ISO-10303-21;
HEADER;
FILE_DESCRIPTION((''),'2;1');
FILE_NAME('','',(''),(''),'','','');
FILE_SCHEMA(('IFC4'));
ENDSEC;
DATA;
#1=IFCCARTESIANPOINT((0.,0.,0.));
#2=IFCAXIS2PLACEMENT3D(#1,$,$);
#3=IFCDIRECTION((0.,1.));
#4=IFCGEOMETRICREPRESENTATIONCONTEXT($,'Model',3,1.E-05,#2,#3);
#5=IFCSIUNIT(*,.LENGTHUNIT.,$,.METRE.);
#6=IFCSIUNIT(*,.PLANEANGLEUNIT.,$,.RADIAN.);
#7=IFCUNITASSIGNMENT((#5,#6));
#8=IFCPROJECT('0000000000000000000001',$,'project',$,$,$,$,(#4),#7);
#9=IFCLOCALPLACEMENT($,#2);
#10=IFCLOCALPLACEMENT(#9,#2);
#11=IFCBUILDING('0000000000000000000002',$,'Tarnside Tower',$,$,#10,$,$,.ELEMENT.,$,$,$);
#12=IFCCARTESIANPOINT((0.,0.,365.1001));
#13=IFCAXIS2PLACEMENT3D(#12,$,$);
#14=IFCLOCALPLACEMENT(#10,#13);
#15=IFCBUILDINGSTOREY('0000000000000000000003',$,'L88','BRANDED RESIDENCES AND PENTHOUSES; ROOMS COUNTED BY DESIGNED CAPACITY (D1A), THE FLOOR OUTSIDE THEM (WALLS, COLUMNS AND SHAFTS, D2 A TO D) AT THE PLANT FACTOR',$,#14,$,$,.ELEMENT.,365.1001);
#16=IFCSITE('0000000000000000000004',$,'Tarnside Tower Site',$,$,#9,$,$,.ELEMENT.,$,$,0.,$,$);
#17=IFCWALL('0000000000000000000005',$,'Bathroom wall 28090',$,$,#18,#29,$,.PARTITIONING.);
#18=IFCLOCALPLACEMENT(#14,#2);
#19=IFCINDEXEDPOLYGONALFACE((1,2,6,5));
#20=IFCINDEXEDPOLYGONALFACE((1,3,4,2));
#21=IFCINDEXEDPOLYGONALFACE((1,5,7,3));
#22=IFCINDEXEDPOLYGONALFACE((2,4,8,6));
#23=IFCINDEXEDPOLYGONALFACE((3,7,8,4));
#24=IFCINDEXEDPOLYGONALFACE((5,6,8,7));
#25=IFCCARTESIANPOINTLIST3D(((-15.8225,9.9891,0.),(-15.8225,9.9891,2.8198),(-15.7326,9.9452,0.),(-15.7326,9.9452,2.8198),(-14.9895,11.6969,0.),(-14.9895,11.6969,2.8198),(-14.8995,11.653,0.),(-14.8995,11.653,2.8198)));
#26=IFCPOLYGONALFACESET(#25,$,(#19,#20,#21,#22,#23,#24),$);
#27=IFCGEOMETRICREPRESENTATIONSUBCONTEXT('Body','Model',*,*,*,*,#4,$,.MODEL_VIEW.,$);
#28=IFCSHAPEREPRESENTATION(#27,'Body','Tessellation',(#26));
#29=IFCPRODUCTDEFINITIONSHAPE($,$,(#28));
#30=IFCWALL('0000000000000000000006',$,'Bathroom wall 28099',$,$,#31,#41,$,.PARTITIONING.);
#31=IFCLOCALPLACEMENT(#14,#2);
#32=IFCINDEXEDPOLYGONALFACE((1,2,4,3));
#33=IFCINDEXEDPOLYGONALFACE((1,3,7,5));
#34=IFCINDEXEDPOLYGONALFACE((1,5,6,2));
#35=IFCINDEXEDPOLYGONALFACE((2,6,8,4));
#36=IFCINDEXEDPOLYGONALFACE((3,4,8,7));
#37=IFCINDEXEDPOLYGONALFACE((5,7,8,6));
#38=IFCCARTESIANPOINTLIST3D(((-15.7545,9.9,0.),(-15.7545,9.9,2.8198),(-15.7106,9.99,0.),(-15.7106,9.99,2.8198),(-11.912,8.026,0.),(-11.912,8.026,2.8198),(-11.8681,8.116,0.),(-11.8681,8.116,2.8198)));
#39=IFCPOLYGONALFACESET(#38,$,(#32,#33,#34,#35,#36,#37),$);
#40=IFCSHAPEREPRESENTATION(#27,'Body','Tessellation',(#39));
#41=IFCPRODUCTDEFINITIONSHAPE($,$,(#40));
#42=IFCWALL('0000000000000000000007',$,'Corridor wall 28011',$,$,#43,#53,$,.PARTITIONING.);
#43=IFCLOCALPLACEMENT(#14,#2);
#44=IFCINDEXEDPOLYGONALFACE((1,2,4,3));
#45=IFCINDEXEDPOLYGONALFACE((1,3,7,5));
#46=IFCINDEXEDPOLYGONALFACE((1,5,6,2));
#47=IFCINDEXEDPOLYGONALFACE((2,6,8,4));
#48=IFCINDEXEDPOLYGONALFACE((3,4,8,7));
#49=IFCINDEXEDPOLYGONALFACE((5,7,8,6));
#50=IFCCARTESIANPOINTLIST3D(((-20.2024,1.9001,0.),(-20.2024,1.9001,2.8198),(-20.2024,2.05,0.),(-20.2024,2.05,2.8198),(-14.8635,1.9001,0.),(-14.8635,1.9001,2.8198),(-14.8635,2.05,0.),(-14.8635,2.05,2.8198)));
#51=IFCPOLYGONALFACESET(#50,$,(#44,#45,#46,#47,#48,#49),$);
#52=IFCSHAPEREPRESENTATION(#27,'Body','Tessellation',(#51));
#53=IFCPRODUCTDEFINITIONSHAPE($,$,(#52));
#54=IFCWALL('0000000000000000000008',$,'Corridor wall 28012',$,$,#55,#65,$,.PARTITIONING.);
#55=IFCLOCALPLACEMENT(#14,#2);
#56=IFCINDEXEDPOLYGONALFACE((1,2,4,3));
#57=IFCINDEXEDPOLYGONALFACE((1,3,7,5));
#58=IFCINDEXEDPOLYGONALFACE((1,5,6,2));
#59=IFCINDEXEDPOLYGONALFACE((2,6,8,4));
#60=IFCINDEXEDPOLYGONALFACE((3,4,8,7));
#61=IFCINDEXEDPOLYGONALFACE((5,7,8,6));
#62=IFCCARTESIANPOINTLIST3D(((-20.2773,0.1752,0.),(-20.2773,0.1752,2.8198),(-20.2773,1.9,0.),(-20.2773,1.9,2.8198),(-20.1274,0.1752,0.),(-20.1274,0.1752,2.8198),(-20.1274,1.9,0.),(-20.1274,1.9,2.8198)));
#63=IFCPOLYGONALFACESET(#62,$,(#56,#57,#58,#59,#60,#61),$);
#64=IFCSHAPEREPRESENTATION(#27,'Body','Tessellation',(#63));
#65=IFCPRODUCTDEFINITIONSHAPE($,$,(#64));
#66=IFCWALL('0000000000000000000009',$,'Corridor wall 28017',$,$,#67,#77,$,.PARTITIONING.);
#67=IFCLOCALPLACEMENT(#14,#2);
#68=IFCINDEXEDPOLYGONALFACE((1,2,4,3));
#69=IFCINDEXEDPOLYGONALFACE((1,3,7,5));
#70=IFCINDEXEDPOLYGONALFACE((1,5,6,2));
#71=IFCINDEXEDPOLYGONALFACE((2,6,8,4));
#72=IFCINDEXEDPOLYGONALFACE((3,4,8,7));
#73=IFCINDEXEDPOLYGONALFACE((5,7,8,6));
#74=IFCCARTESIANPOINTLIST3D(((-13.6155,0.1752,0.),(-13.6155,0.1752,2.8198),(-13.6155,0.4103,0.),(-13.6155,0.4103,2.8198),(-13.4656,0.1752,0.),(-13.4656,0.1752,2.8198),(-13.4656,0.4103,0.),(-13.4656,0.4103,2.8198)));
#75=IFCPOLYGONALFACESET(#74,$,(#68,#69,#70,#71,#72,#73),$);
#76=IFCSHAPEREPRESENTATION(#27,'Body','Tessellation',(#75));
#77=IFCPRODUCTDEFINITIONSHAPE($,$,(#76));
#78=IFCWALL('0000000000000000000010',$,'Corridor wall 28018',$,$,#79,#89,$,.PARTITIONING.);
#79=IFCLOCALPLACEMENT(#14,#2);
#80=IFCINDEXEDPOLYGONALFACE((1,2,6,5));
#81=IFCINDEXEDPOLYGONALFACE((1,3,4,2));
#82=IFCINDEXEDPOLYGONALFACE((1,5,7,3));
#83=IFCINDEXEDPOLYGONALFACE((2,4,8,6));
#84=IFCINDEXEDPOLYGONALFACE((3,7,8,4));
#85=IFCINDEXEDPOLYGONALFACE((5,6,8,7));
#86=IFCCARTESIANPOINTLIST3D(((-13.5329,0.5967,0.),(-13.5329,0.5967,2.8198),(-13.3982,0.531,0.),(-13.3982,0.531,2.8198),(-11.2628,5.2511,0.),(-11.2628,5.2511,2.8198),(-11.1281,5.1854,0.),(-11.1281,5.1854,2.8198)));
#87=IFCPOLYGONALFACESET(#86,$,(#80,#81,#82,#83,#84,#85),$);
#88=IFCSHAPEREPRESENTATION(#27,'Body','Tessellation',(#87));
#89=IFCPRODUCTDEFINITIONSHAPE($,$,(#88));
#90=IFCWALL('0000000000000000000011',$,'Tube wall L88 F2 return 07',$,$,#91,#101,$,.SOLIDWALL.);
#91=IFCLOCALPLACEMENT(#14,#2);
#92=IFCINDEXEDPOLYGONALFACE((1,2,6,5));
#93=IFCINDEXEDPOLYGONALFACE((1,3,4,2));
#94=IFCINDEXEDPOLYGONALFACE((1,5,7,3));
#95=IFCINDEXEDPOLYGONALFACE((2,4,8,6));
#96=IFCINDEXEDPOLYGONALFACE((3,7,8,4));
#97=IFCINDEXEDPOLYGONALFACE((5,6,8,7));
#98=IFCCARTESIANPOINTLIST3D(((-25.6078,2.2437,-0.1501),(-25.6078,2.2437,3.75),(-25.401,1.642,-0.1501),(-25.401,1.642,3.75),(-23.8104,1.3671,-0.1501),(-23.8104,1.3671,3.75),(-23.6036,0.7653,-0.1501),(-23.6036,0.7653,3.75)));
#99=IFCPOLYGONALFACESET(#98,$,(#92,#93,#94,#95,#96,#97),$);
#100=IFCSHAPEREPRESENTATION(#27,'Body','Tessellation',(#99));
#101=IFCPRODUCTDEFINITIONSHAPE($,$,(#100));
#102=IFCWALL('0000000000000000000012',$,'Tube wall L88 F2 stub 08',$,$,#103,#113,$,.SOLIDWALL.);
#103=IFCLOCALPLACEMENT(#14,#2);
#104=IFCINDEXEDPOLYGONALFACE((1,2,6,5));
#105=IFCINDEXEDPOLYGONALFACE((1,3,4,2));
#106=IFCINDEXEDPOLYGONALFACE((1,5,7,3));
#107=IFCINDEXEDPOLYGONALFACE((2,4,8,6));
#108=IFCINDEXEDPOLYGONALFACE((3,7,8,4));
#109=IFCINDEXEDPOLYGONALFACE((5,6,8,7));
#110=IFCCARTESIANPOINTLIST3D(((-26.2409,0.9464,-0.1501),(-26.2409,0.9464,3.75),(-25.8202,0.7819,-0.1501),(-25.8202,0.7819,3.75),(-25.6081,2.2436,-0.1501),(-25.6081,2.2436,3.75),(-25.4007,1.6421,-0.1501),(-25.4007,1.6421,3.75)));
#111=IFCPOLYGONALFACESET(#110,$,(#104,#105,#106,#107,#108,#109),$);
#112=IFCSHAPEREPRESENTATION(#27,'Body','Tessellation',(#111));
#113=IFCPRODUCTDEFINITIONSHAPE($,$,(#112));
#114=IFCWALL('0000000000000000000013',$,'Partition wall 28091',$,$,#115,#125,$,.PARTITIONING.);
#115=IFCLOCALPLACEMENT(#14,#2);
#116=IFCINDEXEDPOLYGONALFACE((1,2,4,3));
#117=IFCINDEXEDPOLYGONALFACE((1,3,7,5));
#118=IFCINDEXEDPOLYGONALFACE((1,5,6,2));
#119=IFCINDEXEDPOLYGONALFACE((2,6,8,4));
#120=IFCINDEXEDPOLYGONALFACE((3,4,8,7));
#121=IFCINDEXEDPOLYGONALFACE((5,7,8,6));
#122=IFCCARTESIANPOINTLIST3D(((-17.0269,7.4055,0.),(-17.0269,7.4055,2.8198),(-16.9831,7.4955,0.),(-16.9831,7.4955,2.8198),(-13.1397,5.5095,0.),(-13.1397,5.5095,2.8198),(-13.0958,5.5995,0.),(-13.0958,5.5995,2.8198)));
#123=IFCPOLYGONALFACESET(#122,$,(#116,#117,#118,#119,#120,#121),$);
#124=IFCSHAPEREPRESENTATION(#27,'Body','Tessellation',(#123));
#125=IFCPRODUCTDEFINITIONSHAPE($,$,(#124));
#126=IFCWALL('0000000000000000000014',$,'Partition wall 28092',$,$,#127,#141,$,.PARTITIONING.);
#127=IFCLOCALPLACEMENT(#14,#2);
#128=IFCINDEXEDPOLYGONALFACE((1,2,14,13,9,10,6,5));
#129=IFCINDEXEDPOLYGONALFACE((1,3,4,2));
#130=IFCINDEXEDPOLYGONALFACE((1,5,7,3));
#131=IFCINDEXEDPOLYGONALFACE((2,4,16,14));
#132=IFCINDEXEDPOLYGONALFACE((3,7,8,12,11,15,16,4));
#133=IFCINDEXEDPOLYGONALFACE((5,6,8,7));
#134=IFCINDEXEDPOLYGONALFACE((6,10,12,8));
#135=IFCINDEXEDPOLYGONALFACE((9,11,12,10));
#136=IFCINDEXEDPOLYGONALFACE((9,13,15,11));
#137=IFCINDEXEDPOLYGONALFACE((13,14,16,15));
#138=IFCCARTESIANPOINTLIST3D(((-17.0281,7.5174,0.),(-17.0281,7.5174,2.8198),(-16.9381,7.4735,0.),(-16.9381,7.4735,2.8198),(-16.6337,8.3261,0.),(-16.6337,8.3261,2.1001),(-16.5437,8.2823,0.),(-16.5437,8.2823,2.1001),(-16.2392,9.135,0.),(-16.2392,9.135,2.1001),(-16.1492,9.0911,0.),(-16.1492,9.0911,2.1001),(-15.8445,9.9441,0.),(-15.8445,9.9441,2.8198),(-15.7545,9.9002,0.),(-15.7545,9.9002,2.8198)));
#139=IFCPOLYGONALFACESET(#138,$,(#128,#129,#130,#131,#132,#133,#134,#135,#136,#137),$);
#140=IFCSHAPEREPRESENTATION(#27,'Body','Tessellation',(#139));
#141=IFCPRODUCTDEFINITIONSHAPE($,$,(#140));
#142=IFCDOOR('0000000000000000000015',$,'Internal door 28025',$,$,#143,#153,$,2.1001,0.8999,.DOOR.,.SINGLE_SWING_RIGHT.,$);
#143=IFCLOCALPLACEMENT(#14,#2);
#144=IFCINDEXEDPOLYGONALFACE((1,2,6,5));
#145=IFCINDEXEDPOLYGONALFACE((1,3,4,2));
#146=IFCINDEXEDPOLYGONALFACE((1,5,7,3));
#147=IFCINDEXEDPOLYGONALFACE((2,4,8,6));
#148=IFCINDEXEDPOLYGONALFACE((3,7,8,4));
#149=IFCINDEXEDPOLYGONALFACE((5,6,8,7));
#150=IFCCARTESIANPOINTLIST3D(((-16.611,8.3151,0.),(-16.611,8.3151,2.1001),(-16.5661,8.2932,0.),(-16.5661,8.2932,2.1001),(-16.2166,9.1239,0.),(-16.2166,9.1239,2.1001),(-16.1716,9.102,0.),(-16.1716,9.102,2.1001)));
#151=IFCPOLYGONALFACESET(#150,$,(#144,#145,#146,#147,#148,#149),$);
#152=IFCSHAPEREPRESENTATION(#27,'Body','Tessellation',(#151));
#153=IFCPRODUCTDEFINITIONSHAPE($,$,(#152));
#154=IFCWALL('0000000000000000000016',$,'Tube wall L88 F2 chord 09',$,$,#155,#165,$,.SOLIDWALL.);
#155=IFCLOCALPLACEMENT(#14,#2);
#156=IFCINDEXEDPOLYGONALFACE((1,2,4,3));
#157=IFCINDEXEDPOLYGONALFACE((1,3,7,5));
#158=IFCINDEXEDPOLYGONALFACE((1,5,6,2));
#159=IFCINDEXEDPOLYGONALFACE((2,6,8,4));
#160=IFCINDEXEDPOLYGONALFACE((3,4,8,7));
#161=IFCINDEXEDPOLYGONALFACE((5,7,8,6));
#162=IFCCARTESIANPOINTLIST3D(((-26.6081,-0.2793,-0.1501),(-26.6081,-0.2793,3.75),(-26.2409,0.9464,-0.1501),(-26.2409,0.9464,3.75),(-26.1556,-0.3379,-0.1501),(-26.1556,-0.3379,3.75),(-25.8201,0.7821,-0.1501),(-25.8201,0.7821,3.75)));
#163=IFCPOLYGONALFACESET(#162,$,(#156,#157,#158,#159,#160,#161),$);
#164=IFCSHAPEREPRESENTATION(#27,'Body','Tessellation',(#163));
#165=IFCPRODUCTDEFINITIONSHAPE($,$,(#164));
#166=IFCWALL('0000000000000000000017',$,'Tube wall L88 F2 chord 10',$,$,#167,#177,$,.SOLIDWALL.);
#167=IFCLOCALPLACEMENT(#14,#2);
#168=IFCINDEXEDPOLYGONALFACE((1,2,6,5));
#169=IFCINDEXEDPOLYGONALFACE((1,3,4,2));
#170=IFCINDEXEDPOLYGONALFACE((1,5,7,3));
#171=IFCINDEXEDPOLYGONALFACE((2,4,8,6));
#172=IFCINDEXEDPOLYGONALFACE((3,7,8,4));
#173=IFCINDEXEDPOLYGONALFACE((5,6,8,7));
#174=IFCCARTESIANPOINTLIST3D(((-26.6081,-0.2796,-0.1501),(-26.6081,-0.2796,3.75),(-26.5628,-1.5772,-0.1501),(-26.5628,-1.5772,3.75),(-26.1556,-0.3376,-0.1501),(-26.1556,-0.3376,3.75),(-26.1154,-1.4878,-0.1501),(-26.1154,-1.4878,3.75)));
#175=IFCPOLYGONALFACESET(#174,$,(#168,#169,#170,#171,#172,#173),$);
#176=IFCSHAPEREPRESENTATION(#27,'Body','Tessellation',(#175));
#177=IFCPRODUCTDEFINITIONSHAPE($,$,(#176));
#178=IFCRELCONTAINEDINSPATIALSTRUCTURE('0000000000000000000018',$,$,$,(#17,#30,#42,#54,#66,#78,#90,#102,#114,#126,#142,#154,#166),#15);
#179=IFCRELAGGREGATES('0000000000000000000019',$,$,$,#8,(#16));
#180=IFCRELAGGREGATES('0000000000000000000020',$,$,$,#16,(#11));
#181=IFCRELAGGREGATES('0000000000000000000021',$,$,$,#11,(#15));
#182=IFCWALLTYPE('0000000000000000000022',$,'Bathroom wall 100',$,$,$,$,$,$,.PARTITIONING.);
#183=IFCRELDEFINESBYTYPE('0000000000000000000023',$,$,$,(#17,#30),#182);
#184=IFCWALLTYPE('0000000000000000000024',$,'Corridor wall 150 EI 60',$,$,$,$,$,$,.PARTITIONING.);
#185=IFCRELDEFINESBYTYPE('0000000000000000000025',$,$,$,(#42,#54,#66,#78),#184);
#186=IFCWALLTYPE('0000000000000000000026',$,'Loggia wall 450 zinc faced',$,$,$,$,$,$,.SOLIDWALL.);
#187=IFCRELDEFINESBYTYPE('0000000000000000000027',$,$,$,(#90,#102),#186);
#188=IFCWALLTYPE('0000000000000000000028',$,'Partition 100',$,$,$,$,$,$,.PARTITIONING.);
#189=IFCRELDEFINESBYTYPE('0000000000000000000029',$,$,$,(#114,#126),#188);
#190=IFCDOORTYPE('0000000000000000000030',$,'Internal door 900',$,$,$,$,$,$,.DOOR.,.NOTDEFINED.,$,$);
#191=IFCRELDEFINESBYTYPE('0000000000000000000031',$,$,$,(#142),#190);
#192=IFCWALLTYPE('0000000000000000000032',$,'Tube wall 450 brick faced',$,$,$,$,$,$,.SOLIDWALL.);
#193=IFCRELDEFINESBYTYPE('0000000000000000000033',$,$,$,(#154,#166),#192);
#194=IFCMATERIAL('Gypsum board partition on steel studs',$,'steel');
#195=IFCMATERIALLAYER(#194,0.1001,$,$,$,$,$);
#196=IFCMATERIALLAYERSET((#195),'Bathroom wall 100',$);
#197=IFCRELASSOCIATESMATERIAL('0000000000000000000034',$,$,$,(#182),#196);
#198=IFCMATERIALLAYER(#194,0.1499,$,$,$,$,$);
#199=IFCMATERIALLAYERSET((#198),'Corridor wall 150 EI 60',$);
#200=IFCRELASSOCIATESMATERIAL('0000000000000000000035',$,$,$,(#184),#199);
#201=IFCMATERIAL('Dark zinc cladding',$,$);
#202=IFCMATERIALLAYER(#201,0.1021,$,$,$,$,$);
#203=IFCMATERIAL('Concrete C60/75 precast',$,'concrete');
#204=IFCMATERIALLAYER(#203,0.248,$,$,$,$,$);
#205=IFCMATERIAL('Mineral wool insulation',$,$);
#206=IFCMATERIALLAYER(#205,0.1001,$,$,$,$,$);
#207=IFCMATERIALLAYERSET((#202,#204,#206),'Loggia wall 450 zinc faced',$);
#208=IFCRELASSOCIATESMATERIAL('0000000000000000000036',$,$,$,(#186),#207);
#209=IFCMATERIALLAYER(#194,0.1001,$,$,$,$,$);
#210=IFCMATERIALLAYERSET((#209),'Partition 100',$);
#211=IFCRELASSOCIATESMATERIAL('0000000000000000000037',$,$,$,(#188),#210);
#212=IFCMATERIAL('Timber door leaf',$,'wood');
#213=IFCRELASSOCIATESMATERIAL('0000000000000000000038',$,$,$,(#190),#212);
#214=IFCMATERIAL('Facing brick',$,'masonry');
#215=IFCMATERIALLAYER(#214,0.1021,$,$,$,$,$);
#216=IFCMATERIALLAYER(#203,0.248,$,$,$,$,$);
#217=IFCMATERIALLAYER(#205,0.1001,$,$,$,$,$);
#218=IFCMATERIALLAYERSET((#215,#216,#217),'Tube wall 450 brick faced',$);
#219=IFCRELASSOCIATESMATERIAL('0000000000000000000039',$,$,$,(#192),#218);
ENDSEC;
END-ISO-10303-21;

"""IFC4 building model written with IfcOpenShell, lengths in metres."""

from ifc_helpers import new_model, si_unit, direction, frame, frame_2d, origin, place, context, subcontext, project, spatial, polyline, rectangle, outline, extrude, material, layer, layer_set, type_object, element, fill, save


model = new_model("IFC4")

# Units and contexts
model_context = context("Model", 3, precision=1e-05, world=origin(), true_north=direction((0.0, 1.0)))
body_context = subcontext(model_context, "Body", "Model", "MODEL_VIEW")
ifc_project = project(units=[si_unit("LENGTHUNIT", "METRE"), si_unit("PLANEANGLEUNIT", "RADIAN")], contexts=[model_context])

# Site, building, storey
site_placement = place(None, origin())
site = spatial("IfcSite", under=ifc_project, at=site_placement, Name="Tarnside Tower Site", CompositionType="ELEMENT", RefElevation=0.0)
building_placement = place(site_placement, origin())
building = spatial("IfcBuilding", under=site, at=building_placement, Name="Tarnside Tower", CompositionType="ELEMENT")
storey_placement = place(building_placement, frame((0.0, 0.0, 365.1001)))
storey = spatial("IfcBuildingStorey", under=building, at=storey_placement, Name="L88", Description="BRANDED RESIDENCES AND PENTHOUSES; ROOMS COUNTED BY DESIGNED CAPACITY (D1A), THE FLOOR OUTSIDE THEM (WALLS, COLUMNS AND SHAFTS, D2 A TO D) AT THE PLANT FACTOR", CompositionType="ELEMENT", Elevation=365.1001)

# Walls
ifc_material_1 = material(Name="Gypsum board partition on steel studs", Category="steel")
ifc_layer_1 = layer(ifc_material_1, 0.1001)
ifc_layer_set_1 = layer_set([ifc_layer_1], Name="Bathroom wall 100")
wall_type_1 = type_object("IfcWallType", Name="Bathroom wall 100", PredefinedType="PARTITIONING", material=ifc_layer_set_1)
wall_1_placement = place(storey_placement, frame((-15.7776, 9.967, 0.0), z_axis=(0.0, 0.0, 1.0), x_axis=(0.438403, 0.898778, 0.0)))
element("IfcWall", 1, at=wall_1_placement, inside=storey, type_object=wall_type_1, Name="Bathroom wall 28090", PredefinedType="PARTITIONING", context=body_context, shape_type="SweptSolid", body=[
    extrude(rectangle(XDim=1.9001, YDim=0.1001, at=frame_2d((0.9502, 0.0))), origin(), (0.0, 0.0, 1.0), 2.8198),
])
wall_2_placement = place(storey_placement, frame((-15.7327, 9.9451, 0.0), z_axis=(0.0, 0.0, 1.0), x_axis=(0.898804, -0.438352, 0.0)))
element("IfcWall", 2, at=wall_2_placement, inside=storey, type_object=wall_type_1, Name="Bathroom wall 28099", PredefinedType="PARTITIONING", context=body_context, shape_type="SweptSolid", body=[
    extrude(rectangle(XDim=4.2751, YDim=0.1001, at=frame_2d((2.1377, 0.0))), origin(), (0.0, 0.0, 1.0), 2.8198),
])
ifc_layer_2 = layer(ifc_material_1, 0.1499)
ifc_layer_set_2 = layer_set([ifc_layer_2], Name="Corridor wall 150 EI 60")
wall_type_2 = type_object("IfcWallType", Name="Corridor wall 150 EI 60", PredefinedType="PARTITIONING", material=ifc_layer_set_2)
wall_3_placement = place(storey_placement, frame((-14.8635, 1.9751, 0.0), z_axis=(0.0, 0.0, 1.0), x_axis=(-1.0, 0.0, 0.0)))
element("IfcWall", 3, at=wall_3_placement, inside=storey, type_object=wall_type_2, Name="Corridor wall 28011", PredefinedType="PARTITIONING", context=body_context, shape_type="SweptSolid", body=[
    extrude(rectangle(XDim=5.3389, YDim=0.1499, at=frame_2d((2.6694, 0.0))), origin(), (0.0, 0.0, 1.0), 2.8198),
])
wall_4_placement = place(storey_placement, frame((-20.2024, 1.8999, 0.0), z_axis=(0.0, 0.0, 1.0), x_axis=(0.0, -1.0, 0.0)))
element("IfcWall", 4, at=wall_4_placement, inside=storey, type_object=wall_type_2, Name="Corridor wall 28012", PredefinedType="PARTITIONING", context=body_context, shape_type="SweptSolid", body=[
    extrude(rectangle(XDim=1.7249, YDim=0.1499, at=frame_2d((0.8623, 0.0))), origin(), (0.0, 0.0, 1.0), 2.8198),
])
wall_5_placement = place(storey_placement, frame((-13.5405, 0.175, 0.0), z_axis=(0.0, 0.0, 1.0), x_axis=(0.0, 1.0, 0.0)))
element("IfcWall", 5, at=wall_5_placement, inside=storey, type_object=wall_type_2, Name="Corridor wall 28017", PredefinedType="PARTITIONING", context=body_context, shape_type="SweptSolid", body=[
    extrude(rectangle(XDim=0.2351, YDim=0.1499, at=frame_2d((0.1177, 0.0))), origin(), (0.0, 0.0, 1.0), 2.8198),
])
wall_6_placement = place(storey_placement, frame((-13.4656, 0.5637, 0.0), z_axis=(0.0, 0.0, 1.0), x_axis=(0.438366, 0.898797, 0.0)))
element("IfcWall", 6, at=wall_6_placement, inside=storey, type_object=wall_type_2, Name="Corridor wall 28018", PredefinedType="PARTITIONING", context=body_context, shape_type="SweptSolid", body=[
    extrude(rectangle(XDim=5.1785, YDim=0.1499, at=frame_2d((2.5894, 0.0))), origin(), (0.0, 0.0, 1.0), 2.8198),
])
ifc_material_2 = material(Name="Dark zinc cladding")
ifc_layer_3 = layer(ifc_material_2, 0.1021)
ifc_material_3 = material(Name="Concrete C60/75 precast", Category="concrete")
ifc_layer_4 = layer(ifc_material_3, 0.248)
ifc_material_4 = material(Name="Mineral wool insulation")
ifc_layer_5 = layer(ifc_material_4, 0.1001)
ifc_layer_set_3 = layer_set([ifc_layer_3, ifc_layer_4, ifc_layer_5], Name="Loggia wall 450 zinc faced")
wall_type_3 = type_object("IfcWallType", Name="Loggia wall 450 zinc faced", PredefinedType="SOLIDWALL", material=ifc_layer_set_3)
wall_7_placement = place(storey_placement, frame((-23.707, 1.0662, -0.1501), z_axis=(0.0, 0.0, 1.0), x_axis=(-0.898779, 0.438402, 0.0)))
element("IfcWall", 7, at=wall_7_placement, inside=storey, type_object=wall_type_3, Name="Tube wall L88 F2 return 07", PredefinedType="SOLIDWALL", context=body_context, shape_type="SweptSolid", body=[
    extrude(outline(polyline([(0.2249, -0.2251), (2.2246, -0.2251), (1.7749, 0.2251), (-0.2249, 0.2251), (0.2249, -0.2251)])), origin(), (0.0, 0.0, 1.0), 3.9001),
])
wall_8_placement = place(storey_placement, frame((-25.5044, 1.9429, -0.1501), z_axis=(0.0, 0.0, 1.0), x_axis=(-0.438404, -0.898778, 0.0)))
element("IfcWall", 8, at=wall_8_placement, inside=storey, type_object=wall_type_3, Name="Tube wall L88 F2 stub 08", PredefinedType="SOLIDWALL", context=body_context, shape_type="SweptSolid", body=[
    extrude(outline(polyline([(-0.2249, -0.2251), (1.2185, -0.2251), (1.1819, 0.2251), (0.2249, 0.2251), (-0.2249, -0.2251)])), origin(), (0.0, 0.0, 1.0), 3.9001),
])
ifc_layer_6 = layer(ifc_material_1, 0.1001)
ifc_layer_set_4 = layer_set([ifc_layer_6], Name="Partition 100")
wall_type_4 = type_object("IfcWallType", Name="Partition 100", PredefinedType="PARTITIONING", material=ifc_layer_set_4)
wall_9_placement = place(storey_placement, frame((-13.1177, 5.5544, 0.0), z_axis=(0.0, 0.0, 1.0), x_axis=(-0.898787, 0.438386, 0.0)))
element("IfcWall", 9, at=wall_9_placement, inside=storey, type_object=wall_type_4, Name="Partition wall 28091", PredefinedType="PARTITIONING", context=body_context, shape_type="SweptSolid", body=[
    extrude(rectangle(XDim=4.325, YDim=0.1001, at=frame_2d((2.1626, 0.0))), origin(), (0.0, 0.0, 1.0), 2.8198),
])

# Wall, opening, door
wall_10_placement = place(storey_placement, frame((-16.9832, 7.4954, 0.0), z_axis=(0.0, 0.0, 1.0), x_axis=(0.438367, 0.898796, 0.0)))
wall_10 = element("IfcWall", 10, at=wall_10_placement, inside=storey, type_object=wall_type_4, Name="Partition wall 28092", PredefinedType="PARTITIONING", context=body_context, shape_type="SweptSolid", body=[
    extrude(rectangle(XDim=2.7, YDim=0.1001, at=frame_2d((1.3501, 0.0))), origin(), (0.0, 0.0, 1.0), 2.8198),
])
opening_placement = place(wall_10_placement, frame((0.8999, 0.0, 0.0)))
opening = element("IfcOpeningElement", 11, at=opening_placement, cuts=wall_10, PredefinedType="OPENING", context=body_context, shape_type="SweptSolid", body=[
    extrude(rectangle(XDim=0.8999, YDim=2.1001, at=frame_2d((0.45, 1.05))), frame((0.0, 0.0601, 0.0), z_axis=(0.0, -1.0, 0.0), x_axis=(1.0, 0.0, 0.0)), (0.0, 0.0, 1.0), 0.1201),
])
ifc_material_5 = material(Name="Timber door leaf", Category="wood")
door_type = type_object("IfcDoorType", Name="Internal door 900", OperationType="NOTDEFINED", PredefinedType="DOOR", material=ifc_material_5)
door_placement = place(opening_placement, origin())
door = element("IfcDoor", 12, at=door_placement, inside=storey, type_object=door_type, Name="Internal door 28025", OperationType="SINGLE_SWING_RIGHT", OverallHeight=2.1001, OverallWidth=0.8999, PredefinedType="DOOR", context=body_context, shape_type="SweptSolid", body=[
    extrude(rectangle(XDim=0.8999, YDim=2.1001, at=frame_2d((0.45, 1.05))), frame((0.0, 0.0249, 0.0), z_axis=(0.0, -1.0, 0.0), x_axis=(1.0, 0.0, 0.0)), (0.0, 0.0, 1.0), 0.05),
])
fill(opening, door)

# Walls
ifc_material_6 = material(Name="Facing brick", Category="masonry")
ifc_layer_7 = layer(ifc_material_6, 0.1021)
ifc_layer_8 = layer(ifc_material_3, 0.248)
ifc_layer_9 = layer(ifc_material_4, 0.1001)
ifc_layer_set_5 = layer_set([ifc_layer_7, ifc_layer_8, ifc_layer_9], Name="Tube wall 450 brick faced")
wall_type_5 = type_object("IfcWallType", Name="Tube wall 450 brick faced", PredefinedType="SOLIDWALL", material=ifc_layer_set_5)
wall_11_placement = place(storey_placement, frame((-26.0305, 0.8643, -0.1501), z_axis=(0.0, 0.0, 1.0), x_axis=(-0.286945, -0.957947, 0.0)))
element("IfcWall", 13, at=wall_11_placement, inside=storey, type_object=wall_type_5, Name="Tube wall L88 F2 chord 09", PredefinedType="SOLIDWALL", context=body_context, shape_type="SweptSolid", body=[
    extrude(outline(polyline([(-0.0183, -0.2251), (1.2612, -0.2251), (1.1875, 0.2251), (0.0183, 0.2251), (-0.0183, -0.2251)])), origin(), (0.0, 0.0, 1.0), 3.9001),
])
wall_12_placement = place(storey_placement, frame((-26.3818, -0.3086, -0.1501), z_axis=(0.0, 0.0, 1.0), x_axis=(0.034888, -0.999391, 0.0)))
element("IfcWall", 14, at=wall_12_placement, inside=storey, type_object=wall_type_5, Name="Tube wall L88 F2 chord 10", PredefinedType="SOLIDWALL", context=body_context, shape_type="SweptSolid", body=[
    extrude(outline(polyline([(-0.0369, -0.2251), (1.2615, -0.2251), (1.1877, 0.2251), (0.0369, 0.2251), (-0.0369, -0.2251)])), origin(), (0.0, 0.0, 1.0), 3.9001),
])

save(model, "model.ifc")
